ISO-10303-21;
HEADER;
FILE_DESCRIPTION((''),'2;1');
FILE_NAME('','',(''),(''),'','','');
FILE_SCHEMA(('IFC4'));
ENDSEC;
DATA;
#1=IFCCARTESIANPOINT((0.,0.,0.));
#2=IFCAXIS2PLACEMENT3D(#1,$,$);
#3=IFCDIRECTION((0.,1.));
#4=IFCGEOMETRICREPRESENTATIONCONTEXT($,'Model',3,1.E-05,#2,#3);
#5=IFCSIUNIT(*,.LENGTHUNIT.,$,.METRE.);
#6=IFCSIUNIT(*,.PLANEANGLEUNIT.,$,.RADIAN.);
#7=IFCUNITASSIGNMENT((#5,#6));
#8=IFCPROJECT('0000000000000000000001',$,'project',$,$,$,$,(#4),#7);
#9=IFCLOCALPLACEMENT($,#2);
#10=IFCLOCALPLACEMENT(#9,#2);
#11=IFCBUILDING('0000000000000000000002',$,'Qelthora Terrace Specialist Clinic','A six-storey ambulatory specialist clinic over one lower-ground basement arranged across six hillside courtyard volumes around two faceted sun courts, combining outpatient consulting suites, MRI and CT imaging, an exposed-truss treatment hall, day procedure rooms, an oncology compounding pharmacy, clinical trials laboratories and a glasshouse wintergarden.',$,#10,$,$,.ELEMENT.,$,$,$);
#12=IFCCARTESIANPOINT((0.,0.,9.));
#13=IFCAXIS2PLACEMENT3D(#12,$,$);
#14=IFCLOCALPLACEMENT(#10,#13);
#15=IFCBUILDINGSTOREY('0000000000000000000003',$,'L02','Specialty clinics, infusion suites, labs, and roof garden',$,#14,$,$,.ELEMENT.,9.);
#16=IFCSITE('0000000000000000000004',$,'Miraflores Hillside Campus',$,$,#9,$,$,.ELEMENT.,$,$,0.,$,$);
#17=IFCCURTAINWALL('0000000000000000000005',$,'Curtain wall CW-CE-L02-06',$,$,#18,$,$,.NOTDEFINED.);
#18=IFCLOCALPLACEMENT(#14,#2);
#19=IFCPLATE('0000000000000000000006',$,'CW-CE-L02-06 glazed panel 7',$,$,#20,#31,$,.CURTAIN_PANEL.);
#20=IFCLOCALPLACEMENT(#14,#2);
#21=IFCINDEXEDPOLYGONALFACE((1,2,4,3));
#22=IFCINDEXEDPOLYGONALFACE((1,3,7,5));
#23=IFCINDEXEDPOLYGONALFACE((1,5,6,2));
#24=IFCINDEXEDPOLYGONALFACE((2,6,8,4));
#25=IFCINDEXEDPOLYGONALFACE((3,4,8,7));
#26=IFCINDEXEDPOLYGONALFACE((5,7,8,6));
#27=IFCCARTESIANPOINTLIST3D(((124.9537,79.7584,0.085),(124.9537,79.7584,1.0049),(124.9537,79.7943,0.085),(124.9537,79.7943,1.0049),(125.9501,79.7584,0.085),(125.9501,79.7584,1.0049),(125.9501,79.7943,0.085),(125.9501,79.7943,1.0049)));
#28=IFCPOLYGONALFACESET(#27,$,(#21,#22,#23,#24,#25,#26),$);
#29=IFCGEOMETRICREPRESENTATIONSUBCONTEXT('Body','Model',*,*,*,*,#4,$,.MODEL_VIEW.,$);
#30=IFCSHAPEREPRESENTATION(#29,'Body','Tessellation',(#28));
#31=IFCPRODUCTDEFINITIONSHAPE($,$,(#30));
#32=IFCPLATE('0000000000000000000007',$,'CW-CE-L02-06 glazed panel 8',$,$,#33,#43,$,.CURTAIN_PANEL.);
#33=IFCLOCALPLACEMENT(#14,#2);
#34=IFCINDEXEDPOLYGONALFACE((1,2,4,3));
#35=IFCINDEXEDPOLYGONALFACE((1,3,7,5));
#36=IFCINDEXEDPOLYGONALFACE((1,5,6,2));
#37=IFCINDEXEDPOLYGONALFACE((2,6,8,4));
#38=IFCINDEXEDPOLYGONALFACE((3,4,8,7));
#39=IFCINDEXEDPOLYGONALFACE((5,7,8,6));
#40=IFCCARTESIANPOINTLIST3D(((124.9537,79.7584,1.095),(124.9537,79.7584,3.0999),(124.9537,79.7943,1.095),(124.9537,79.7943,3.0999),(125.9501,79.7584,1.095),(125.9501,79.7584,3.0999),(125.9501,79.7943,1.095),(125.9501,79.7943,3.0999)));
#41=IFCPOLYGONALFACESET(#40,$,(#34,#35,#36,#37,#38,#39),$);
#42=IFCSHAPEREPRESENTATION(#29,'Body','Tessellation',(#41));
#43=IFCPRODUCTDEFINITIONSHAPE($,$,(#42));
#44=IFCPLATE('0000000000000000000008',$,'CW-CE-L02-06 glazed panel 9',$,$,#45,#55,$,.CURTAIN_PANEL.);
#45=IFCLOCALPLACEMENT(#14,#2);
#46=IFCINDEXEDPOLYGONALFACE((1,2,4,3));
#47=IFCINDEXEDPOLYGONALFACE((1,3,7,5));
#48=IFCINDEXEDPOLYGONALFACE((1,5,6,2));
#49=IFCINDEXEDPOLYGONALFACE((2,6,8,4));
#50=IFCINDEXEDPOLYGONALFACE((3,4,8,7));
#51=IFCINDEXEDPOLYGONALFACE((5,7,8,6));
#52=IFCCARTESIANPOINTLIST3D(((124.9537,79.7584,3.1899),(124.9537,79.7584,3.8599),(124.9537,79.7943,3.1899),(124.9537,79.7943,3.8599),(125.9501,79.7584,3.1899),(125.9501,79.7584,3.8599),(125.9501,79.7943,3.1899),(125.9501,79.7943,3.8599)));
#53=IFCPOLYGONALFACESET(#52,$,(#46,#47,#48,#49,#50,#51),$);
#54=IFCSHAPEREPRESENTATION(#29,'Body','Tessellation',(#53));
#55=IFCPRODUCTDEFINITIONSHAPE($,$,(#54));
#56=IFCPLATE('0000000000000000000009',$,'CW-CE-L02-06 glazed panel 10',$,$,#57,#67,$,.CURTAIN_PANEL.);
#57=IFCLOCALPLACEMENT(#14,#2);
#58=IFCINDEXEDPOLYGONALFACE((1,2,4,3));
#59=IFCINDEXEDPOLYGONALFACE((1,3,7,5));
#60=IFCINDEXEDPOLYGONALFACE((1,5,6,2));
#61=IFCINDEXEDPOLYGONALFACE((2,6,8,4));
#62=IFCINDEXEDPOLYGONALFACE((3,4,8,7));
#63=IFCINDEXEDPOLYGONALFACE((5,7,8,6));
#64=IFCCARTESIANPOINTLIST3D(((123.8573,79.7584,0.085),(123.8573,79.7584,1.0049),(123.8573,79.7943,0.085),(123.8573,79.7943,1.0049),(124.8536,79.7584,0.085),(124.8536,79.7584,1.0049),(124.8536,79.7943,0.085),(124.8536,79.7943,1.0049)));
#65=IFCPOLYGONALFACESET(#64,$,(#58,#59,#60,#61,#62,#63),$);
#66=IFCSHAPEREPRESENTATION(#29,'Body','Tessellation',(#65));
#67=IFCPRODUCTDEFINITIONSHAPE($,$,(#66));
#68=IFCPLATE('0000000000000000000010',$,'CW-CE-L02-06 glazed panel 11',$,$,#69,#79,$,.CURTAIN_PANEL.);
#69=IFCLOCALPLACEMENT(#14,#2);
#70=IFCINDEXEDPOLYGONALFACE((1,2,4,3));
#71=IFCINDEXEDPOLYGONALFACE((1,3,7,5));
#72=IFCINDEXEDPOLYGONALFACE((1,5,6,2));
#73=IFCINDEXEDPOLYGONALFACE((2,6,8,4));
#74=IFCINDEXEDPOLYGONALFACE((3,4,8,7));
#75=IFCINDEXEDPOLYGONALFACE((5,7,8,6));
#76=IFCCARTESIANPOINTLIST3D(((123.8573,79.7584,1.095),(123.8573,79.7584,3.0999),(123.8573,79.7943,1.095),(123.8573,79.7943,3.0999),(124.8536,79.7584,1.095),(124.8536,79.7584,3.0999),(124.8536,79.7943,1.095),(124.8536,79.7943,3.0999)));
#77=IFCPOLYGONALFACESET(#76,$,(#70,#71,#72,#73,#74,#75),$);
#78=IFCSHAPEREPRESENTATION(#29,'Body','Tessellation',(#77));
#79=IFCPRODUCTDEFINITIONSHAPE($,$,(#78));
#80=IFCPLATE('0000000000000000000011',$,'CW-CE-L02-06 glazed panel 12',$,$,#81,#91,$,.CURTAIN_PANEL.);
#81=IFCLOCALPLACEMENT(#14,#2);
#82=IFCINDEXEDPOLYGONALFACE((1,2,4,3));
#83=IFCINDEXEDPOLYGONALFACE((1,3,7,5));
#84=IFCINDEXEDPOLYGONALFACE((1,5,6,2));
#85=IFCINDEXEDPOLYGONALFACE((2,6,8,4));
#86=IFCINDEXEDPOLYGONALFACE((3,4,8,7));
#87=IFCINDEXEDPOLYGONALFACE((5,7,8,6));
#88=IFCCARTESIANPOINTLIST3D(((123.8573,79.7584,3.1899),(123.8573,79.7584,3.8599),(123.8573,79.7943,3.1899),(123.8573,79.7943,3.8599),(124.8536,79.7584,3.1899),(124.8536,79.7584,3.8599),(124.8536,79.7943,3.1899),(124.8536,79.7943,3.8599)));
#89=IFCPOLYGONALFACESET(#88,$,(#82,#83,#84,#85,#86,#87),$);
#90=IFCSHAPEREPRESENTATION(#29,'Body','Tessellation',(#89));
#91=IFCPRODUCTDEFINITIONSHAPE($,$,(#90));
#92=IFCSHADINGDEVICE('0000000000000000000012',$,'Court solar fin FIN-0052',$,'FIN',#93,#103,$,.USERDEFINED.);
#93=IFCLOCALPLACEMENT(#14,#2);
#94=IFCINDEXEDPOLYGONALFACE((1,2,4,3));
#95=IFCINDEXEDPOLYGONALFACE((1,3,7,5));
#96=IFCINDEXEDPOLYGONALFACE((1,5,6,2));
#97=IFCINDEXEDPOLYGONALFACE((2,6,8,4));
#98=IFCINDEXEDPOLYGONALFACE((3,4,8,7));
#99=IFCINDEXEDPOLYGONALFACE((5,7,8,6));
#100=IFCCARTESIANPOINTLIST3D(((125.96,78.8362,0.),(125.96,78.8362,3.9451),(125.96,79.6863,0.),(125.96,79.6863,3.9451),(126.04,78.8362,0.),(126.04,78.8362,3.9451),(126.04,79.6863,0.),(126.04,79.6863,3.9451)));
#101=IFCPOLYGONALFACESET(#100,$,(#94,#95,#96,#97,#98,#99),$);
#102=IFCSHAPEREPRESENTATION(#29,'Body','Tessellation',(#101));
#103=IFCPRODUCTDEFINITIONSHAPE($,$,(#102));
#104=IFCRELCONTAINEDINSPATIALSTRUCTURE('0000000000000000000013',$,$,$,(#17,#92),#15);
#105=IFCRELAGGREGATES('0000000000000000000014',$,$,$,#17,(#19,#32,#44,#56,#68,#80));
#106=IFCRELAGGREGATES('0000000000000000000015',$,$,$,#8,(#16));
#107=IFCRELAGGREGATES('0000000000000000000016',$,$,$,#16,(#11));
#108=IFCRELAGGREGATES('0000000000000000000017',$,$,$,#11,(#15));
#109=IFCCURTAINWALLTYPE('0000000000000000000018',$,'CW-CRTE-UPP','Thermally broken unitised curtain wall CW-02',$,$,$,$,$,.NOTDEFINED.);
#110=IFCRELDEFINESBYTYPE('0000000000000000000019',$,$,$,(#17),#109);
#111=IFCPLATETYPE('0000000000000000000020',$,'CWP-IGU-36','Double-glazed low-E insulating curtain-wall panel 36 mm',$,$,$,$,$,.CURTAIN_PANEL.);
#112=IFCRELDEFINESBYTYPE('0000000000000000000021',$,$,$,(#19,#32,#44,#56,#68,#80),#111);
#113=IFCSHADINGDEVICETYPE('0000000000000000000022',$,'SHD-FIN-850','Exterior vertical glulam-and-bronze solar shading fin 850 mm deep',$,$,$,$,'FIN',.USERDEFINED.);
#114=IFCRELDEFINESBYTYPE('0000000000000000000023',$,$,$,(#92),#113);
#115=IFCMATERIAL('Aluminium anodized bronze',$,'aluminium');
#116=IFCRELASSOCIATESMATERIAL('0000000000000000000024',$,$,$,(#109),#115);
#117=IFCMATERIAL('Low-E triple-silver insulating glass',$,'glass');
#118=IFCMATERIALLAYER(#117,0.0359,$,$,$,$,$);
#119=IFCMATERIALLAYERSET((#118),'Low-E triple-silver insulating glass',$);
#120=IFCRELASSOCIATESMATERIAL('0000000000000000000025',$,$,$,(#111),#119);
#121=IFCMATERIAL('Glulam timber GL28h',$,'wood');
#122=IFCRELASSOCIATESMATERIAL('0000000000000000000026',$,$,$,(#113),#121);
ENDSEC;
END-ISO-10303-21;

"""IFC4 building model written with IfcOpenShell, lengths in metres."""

from ifc_helpers import new_model, si_unit, direction, frame, origin, origin_2d, place, context, subcontext, project, spatial, rectangle, extrude, material, layer, layer_set, type_object, element, aggregate, save


model = new_model("IFC4")

# Units and contexts
model_context = context("Model", 3, precision=1e-05, world=origin(), true_north=direction((0.0, 1.0)))
body_context = subcontext(model_context, "Body", "Model", "MODEL_VIEW")
ifc_project = project(units=[si_unit("LENGTHUNIT", "METRE"), si_unit("PLANEANGLEUNIT", "RADIAN")], contexts=[model_context])

# Site, building, storey
site_placement = place(None, origin())
site = spatial("IfcSite", under=ifc_project, at=site_placement, Name="Miraflores Hillside Campus", CompositionType="ELEMENT", RefElevation=0.0)
building_placement = place(site_placement, origin())
building = spatial("IfcBuilding", under=site, at=building_placement, Name="Qelthora Terrace Specialist Clinic", Description="A six-storey ambulatory specialist clinic over one lower-ground basement arranged across six hillside courtyard volumes around two faceted sun courts, combining outpatient consulting suites, MRI and CT imaging, an exposed-truss treatment hall, day procedure rooms, an oncology compounding pharmacy, clinical trials laboratories and a glasshouse wintergarden.", CompositionType="ELEMENT")
storey_placement = place(building_placement, frame((0.0, 0.0, 9.0)))
storey = spatial("IfcBuildingStorey", under=building, at=storey_placement, Name="L02", Description="Specialty clinics, infusion suites, labs, and roof garden", CompositionType="ELEMENT", Elevation=9.0)

# Shared definitions
ifc_material_1 = material(Name="Aluminium anodized bronze", Category="aluminium")
curtain_wall_type = type_object("IfcCurtainWallType", Name="CW-CRTE-UPP", Description="Thermally broken unitised curtain wall CW-02", PredefinedType="NOTDEFINED", material=ifc_material_1)

# Curtain wall
curtain_wall_1_placement = place(storey_placement, origin())
curtain_wall_1 = element("IfcCurtainWall", 1, at=curtain_wall_1_placement, inside=storey, type_object=curtain_wall_type, Name="Curtain wall CW-CE-L02-06", PredefinedType="NOTDEFINED")

# Plates
ifc_material_2 = material(Name="Low-E triple-silver insulating glass", Category="glass")
ifc_layer = layer(ifc_material_2, 0.0359)
ifc_layer_set = layer_set([ifc_layer], Name="Low-E triple-silver insulating glass")
plate_type = type_object("IfcPlateType", Name="CWP-IGU-36", Description="Double-glazed low-E insulating curtain-wall panel 36 mm", PredefinedType="CURTAIN_PANEL", material=ifc_layer_set)
plate_1_placement = place(storey_placement, frame((125.4519, 79.7764, 0.085), z_axis=(0.0, 0.0, 1.0), x_axis=(-1.0, 0.0, 0.0)))
plate_1 = element("IfcPlate", 2, at=plate_1_placement, type_object=plate_type, Name="CW-CE-L02-06 glazed panel 7", PredefinedType="CURTAIN_PANEL", context=body_context, shape_type="SweptSolid", body=[
    extrude(rectangle(XDim=0.9963, YDim=0.0359, at=origin_2d()), origin(), (0.0, 0.0, 1.0), 0.9199),
])
plate_2_placement = place(storey_placement, frame((125.4519, 79.7764, 1.095), z_axis=(0.0, 0.0, 1.0), x_axis=(-1.0, 0.0, 0.0)))
plate_2 = element("IfcPlate", 3, at=plate_2_placement, type_object=plate_type, Name="CW-CE-L02-06 glazed panel 8", PredefinedType="CURTAIN_PANEL", context=body_context, shape_type="SweptSolid", body=[
    extrude(rectangle(XDim=0.9963, YDim=0.0359, at=origin_2d()), origin(), (0.0, 0.0, 1.0), 2.0049),
])
plate_3_placement = place(storey_placement, frame((125.4519, 79.7764, 3.1899), z_axis=(0.0, 0.0, 1.0), x_axis=(-1.0, 0.0, 0.0)))
plate_3 = element("IfcPlate", 4, at=plate_3_placement, type_object=plate_type, Name="CW-CE-L02-06 glazed panel 9", PredefinedType="CURTAIN_PANEL", context=body_context, shape_type="SweptSolid", body=[
    extrude(rectangle(XDim=0.9963, YDim=0.0359, at=origin_2d()), origin(), (0.0, 0.0, 1.0), 0.6699),
])
plate_4_placement = place(storey_placement, frame((124.3555, 79.7764, 0.085), z_axis=(0.0, 0.0, 1.0), x_axis=(-1.0, 0.0, 0.0)))
plate_4 = element("IfcPlate", 5, at=plate_4_placement, type_object=plate_type, Name="CW-CE-L02-06 glazed panel 10", PredefinedType="CURTAIN_PANEL", context=body_context, shape_type="SweptSolid", body=[
    extrude(rectangle(XDim=0.9963, YDim=0.0359, at=origin_2d()), origin(), (0.0, 0.0, 1.0), 0.9199),
])
plate_5_placement = place(storey_placement, frame((124.3555, 79.7764, 1.095), z_axis=(0.0, 0.0, 1.0), x_axis=(-1.0, 0.0, 0.0)))
plate_5 = element("IfcPlate", 6, at=plate_5_placement, type_object=plate_type, Name="CW-CE-L02-06 glazed panel 11", PredefinedType="CURTAIN_PANEL", context=body_context, shape_type="SweptSolid", body=[
    extrude(rectangle(XDim=0.9963, YDim=0.0359, at=origin_2d()), origin(), (0.0, 0.0, 1.0), 2.0049),
])
plate_6_placement = place(storey_placement, frame((124.3555, 79.7764, 3.1899), z_axis=(0.0, 0.0, 1.0), x_axis=(-1.0, 0.0, 0.0)))
plate_6 = element("IfcPlate", 7, at=plate_6_placement, type_object=plate_type, Name="CW-CE-L02-06 glazed panel 12", PredefinedType="CURTAIN_PANEL", context=body_context, shape_type="SweptSolid", body=[
    extrude(rectangle(XDim=0.9963, YDim=0.0359, at=origin_2d()), origin(), (0.0, 0.0, 1.0), 0.6699),
])
aggregate(curtain_wall_1, [plate_1, plate_2, plate_3, plate_4, plate_5, plate_6])

# Shading device
ifc_material_3 = material(Name="Glulam timber GL28h", Category="wood")
shading_device_type = type_object("IfcShadingDeviceType", Name="SHD-FIN-850", Description="Exterior vertical glulam-and-bronze solar shading fin 850 mm deep", ElementType="FIN", PredefinedType="USERDEFINED", material=ifc_material_3)
shading_device_placement = place(storey_placement, frame((126.0, 79.2612, 0.0), z_axis=(0.0, 0.0, 1.0), x_axis=(0.0, -1.0, 0.0)))
element("IfcShadingDevice", 8, at=shading_device_placement, inside=storey, type_object=shading_device_type, Name="Court solar fin FIN-0052", ObjectType="FIN", PredefinedType="USERDEFINED", context=body_context, shape_type="SweptSolid", body=[
    extrude(rectangle(XDim=0.8501, YDim=0.0801, at=origin_2d()), origin(), (0.0, 0.0, 1.0), 3.9451),
])

save(model, "model.ifc")
